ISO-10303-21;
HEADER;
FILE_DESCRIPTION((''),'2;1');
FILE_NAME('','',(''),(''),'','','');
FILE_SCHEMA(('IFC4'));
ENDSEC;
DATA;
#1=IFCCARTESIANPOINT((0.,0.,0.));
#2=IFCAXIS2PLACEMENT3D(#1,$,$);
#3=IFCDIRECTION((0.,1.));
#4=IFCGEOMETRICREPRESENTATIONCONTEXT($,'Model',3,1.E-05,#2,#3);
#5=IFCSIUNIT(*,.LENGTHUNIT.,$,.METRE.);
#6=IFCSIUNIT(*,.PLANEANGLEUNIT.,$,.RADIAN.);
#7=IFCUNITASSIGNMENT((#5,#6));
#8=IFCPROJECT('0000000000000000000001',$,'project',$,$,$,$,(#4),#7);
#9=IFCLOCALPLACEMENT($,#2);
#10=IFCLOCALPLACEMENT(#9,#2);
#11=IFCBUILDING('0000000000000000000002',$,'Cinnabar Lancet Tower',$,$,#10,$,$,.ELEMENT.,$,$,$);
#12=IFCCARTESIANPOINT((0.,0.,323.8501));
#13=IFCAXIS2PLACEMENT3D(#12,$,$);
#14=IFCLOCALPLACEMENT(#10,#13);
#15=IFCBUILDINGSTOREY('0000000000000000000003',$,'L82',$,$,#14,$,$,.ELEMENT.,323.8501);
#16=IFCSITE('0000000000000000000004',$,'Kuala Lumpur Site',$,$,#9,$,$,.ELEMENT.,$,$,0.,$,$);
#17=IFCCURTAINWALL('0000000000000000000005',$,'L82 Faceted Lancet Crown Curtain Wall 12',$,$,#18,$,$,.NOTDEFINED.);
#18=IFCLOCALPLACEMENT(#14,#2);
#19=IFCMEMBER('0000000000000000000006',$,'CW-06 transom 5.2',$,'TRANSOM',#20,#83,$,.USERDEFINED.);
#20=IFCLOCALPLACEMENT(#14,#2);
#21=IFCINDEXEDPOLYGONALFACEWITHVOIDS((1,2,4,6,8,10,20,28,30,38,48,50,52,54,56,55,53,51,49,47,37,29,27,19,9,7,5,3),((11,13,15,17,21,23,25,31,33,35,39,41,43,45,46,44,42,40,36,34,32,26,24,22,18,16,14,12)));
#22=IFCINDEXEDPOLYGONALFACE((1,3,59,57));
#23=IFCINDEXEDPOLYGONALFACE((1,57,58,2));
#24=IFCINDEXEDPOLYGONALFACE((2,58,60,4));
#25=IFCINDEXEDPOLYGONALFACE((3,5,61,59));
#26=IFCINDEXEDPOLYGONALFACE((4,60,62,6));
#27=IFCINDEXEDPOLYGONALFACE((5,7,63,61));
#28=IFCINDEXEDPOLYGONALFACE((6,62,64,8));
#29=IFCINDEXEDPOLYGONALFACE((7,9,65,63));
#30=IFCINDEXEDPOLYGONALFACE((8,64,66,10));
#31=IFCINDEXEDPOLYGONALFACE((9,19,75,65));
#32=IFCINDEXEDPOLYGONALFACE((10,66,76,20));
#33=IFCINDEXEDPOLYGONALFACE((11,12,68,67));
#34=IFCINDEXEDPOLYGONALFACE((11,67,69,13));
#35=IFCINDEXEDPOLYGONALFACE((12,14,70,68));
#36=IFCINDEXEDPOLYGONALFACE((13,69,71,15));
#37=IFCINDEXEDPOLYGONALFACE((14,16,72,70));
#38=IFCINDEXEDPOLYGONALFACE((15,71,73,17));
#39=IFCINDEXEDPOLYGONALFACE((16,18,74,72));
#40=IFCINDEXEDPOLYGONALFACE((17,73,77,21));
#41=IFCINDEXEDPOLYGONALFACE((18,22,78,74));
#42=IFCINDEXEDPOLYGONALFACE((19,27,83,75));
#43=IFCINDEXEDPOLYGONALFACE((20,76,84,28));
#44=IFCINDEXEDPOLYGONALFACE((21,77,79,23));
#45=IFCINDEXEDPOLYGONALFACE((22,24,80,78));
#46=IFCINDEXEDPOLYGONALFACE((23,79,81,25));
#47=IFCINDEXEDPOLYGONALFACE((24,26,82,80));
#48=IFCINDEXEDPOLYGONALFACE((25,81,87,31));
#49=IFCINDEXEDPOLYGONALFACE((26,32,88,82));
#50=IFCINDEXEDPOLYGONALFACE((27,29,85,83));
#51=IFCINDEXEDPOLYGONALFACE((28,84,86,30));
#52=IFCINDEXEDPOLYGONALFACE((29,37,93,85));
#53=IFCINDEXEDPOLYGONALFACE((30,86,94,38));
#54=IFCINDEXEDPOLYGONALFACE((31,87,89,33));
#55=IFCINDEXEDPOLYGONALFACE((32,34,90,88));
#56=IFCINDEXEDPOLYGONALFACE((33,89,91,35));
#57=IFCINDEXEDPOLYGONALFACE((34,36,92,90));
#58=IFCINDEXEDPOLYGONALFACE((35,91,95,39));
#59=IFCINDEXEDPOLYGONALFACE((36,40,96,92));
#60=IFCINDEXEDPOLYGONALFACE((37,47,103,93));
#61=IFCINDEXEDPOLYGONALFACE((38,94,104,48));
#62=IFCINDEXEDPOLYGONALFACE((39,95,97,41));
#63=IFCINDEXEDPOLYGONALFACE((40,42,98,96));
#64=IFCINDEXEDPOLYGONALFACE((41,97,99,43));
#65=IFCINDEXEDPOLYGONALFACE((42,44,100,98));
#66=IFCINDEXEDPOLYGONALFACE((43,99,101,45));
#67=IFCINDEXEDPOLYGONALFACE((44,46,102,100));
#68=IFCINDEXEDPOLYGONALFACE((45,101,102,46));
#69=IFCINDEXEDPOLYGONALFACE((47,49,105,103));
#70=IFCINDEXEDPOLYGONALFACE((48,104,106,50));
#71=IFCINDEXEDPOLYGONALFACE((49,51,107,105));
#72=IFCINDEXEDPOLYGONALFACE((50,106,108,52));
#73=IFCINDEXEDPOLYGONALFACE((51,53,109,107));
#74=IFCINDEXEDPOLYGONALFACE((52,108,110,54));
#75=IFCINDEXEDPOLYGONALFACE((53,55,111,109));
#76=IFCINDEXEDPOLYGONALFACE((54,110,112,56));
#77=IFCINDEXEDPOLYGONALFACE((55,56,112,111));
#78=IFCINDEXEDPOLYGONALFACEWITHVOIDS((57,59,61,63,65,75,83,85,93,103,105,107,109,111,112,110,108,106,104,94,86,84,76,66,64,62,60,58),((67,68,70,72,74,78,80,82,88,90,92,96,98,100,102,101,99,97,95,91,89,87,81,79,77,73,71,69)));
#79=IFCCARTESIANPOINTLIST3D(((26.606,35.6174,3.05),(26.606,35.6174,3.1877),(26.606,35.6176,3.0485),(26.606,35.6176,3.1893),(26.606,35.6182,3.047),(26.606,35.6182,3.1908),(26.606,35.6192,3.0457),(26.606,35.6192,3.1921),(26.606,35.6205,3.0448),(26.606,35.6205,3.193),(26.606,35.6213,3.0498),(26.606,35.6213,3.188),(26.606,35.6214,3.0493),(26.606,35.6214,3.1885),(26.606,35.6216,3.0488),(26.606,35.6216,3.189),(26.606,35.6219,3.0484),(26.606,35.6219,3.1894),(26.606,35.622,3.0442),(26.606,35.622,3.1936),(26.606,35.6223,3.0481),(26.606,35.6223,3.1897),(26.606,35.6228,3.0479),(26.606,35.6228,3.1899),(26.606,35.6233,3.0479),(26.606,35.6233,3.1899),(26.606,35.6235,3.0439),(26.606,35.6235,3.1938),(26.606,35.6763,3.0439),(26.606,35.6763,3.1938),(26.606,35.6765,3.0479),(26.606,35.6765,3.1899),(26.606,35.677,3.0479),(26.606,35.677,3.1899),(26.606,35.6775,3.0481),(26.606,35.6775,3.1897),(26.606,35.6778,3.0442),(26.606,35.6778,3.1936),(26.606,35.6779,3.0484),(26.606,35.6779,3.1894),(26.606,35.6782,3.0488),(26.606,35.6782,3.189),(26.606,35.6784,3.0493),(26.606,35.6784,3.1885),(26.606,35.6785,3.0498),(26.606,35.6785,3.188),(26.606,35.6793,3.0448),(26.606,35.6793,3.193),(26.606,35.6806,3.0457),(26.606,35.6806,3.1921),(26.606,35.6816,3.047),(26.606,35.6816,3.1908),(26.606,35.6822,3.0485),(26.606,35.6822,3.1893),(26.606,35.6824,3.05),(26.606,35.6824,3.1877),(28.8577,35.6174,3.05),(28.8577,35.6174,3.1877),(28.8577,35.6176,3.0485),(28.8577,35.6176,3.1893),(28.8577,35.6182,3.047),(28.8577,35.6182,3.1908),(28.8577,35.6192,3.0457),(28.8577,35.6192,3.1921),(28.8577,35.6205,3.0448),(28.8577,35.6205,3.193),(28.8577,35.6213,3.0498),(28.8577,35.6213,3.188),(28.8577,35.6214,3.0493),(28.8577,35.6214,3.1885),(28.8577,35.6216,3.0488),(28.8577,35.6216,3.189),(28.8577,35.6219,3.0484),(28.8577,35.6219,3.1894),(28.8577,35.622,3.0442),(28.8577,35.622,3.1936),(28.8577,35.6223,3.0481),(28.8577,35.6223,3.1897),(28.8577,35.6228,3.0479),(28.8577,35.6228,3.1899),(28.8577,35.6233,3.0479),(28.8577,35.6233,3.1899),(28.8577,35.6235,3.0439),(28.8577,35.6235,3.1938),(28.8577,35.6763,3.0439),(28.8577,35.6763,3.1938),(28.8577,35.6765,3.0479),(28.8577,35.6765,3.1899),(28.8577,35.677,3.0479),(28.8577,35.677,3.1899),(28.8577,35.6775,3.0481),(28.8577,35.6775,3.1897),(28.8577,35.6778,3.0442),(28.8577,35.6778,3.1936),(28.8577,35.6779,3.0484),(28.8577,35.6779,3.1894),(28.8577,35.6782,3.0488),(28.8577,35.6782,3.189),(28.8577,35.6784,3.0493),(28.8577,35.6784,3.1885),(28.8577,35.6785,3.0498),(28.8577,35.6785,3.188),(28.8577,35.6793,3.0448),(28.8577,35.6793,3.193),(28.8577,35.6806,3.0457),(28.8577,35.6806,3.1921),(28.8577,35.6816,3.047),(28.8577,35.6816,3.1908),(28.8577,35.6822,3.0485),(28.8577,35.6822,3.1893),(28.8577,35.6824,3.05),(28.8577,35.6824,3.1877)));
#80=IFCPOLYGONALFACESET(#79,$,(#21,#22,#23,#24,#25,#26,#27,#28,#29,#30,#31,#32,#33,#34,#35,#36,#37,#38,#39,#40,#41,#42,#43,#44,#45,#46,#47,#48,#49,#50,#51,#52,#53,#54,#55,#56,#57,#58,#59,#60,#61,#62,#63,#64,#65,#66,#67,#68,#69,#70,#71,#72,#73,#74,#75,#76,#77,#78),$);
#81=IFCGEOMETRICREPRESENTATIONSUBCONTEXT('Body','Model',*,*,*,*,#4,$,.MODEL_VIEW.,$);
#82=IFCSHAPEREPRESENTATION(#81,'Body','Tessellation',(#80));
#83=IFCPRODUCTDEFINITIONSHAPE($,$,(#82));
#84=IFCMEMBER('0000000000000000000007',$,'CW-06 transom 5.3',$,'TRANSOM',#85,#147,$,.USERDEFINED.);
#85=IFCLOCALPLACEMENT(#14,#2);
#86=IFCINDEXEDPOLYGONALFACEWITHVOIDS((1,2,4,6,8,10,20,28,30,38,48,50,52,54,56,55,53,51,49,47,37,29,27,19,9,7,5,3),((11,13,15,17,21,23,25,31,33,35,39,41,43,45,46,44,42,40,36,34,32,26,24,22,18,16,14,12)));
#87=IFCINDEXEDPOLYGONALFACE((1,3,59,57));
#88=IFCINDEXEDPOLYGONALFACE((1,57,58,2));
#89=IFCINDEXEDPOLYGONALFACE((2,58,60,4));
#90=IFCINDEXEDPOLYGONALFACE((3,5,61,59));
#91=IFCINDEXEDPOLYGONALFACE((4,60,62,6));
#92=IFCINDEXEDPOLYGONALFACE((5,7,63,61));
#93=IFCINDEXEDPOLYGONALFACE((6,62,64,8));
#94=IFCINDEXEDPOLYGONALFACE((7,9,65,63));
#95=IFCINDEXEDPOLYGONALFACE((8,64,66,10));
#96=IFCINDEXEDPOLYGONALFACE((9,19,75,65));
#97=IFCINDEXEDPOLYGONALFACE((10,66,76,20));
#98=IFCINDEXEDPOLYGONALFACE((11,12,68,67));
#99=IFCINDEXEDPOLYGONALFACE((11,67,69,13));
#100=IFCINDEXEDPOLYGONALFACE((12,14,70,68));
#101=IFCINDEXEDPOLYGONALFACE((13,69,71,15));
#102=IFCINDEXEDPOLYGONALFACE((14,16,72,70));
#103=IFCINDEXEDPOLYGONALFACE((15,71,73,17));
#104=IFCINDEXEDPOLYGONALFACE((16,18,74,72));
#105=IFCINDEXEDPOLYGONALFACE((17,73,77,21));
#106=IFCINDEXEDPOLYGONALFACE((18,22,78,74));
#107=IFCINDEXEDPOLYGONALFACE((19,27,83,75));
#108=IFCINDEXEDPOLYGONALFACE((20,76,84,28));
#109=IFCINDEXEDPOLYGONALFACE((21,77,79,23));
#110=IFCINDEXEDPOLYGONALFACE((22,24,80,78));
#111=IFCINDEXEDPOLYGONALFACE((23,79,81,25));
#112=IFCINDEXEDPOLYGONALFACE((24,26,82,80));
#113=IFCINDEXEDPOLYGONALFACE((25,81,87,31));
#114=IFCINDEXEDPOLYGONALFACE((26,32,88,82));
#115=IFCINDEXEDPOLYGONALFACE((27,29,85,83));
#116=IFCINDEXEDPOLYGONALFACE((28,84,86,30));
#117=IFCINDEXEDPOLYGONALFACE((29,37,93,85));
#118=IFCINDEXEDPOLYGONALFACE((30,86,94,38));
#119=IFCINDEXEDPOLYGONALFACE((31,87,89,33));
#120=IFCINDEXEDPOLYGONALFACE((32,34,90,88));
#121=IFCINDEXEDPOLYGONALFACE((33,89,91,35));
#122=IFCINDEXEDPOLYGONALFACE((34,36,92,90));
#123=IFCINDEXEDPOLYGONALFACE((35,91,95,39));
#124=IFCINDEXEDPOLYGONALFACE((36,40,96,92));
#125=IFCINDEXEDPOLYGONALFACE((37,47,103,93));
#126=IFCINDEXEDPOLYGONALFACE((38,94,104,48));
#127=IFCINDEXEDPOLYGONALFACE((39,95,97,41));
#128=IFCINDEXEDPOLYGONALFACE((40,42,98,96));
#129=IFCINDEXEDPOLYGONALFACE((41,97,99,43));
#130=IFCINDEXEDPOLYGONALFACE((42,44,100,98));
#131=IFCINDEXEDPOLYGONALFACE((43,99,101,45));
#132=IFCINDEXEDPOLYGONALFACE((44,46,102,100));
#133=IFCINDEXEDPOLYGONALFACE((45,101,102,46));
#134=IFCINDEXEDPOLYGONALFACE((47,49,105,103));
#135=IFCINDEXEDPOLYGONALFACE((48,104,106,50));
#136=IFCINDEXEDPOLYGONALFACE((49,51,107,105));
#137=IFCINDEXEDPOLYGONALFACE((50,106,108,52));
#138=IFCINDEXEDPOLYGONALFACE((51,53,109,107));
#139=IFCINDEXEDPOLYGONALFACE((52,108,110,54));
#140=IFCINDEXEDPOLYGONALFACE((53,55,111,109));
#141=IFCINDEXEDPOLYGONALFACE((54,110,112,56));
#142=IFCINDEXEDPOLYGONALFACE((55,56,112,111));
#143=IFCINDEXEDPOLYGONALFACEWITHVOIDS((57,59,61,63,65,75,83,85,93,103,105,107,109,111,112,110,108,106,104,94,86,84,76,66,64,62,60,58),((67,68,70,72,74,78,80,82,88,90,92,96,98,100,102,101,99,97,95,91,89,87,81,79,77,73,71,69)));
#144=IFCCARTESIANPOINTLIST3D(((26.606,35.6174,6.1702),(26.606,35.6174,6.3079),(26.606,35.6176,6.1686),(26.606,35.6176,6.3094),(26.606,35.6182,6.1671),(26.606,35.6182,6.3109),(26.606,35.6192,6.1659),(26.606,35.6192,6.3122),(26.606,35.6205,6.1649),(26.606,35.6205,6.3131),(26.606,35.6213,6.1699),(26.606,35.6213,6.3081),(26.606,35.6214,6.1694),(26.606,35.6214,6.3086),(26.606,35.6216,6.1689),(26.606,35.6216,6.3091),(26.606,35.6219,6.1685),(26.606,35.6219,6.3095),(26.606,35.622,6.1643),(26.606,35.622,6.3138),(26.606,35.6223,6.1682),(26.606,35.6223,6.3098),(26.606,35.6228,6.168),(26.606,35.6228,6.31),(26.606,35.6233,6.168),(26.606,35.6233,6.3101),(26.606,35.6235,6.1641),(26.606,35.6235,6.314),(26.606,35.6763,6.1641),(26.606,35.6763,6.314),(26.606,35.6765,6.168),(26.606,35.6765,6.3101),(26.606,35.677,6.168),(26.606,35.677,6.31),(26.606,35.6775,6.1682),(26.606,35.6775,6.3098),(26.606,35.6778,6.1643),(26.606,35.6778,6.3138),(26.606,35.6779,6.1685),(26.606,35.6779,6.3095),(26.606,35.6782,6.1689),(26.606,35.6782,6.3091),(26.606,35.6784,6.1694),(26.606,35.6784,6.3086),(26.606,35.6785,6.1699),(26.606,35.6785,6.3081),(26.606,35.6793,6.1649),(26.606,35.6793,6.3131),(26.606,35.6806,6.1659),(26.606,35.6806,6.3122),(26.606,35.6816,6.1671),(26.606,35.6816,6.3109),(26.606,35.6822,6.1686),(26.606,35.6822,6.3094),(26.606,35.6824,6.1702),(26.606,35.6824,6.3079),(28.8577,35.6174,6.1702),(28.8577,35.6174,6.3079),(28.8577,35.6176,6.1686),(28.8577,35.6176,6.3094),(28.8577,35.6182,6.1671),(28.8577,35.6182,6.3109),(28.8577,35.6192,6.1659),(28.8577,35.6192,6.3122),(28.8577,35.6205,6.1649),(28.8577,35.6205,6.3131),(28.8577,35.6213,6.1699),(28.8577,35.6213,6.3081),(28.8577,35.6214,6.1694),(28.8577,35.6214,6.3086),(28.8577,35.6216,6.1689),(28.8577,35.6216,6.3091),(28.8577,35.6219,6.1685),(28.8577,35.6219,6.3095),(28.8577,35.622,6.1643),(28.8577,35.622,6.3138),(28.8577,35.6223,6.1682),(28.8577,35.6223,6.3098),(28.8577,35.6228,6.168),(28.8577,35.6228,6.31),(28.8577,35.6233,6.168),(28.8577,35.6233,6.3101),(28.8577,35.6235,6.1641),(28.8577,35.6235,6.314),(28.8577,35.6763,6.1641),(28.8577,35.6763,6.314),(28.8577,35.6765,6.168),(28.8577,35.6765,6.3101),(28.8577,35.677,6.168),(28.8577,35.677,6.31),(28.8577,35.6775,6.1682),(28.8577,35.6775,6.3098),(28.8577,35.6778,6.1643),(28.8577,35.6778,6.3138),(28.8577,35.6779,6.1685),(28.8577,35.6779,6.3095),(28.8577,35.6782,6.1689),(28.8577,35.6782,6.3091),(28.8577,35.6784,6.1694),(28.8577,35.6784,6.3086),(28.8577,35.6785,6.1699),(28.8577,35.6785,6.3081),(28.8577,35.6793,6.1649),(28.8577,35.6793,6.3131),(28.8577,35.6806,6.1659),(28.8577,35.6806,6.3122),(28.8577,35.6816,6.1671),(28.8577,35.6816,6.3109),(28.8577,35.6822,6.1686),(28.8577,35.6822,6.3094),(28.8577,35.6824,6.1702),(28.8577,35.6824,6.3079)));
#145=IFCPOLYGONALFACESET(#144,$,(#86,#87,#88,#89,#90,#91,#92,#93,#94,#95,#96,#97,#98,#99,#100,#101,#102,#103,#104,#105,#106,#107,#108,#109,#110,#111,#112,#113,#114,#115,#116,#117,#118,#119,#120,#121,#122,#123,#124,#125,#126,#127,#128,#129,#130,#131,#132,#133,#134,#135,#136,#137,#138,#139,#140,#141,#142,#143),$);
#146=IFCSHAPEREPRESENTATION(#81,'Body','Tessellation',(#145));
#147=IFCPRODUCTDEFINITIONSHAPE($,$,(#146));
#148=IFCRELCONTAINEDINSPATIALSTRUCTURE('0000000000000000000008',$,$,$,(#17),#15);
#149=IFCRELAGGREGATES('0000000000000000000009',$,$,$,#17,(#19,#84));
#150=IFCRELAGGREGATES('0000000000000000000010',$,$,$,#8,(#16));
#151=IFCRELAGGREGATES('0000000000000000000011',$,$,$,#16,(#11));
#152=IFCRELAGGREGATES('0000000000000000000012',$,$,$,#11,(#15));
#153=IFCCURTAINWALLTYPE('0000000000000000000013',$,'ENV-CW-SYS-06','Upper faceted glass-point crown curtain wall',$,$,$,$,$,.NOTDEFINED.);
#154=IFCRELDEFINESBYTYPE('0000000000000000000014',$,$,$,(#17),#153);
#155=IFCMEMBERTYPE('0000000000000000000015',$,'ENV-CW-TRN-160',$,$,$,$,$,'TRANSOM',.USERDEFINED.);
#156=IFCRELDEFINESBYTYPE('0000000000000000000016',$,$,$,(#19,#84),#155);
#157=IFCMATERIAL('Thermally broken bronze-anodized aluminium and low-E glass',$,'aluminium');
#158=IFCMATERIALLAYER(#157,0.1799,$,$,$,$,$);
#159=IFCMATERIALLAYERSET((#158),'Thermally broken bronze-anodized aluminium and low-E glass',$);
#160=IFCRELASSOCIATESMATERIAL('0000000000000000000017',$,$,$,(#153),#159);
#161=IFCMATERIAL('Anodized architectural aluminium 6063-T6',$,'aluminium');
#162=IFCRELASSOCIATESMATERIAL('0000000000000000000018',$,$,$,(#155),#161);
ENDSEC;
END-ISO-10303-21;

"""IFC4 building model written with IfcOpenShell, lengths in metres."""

from ifc_helpers import new_model, si_unit, direction, frame, origin, origin_2d, place, context, subcontext, project, spatial, hollow_rectangle, extrude, material, layer, layer_set, material_profile, profile_set, type_object, element, aggregate, save


model = new_model("IFC4")

# Units and contexts
model_context = context("Model", 3, precision=1e-05, world=origin(), true_north=direction((0.0, 1.0)))
body_context = subcontext(model_context, "Body", "Model", "MODEL_VIEW")
ifc_project = project(units=[si_unit("LENGTHUNIT", "METRE"), si_unit("PLANEANGLEUNIT", "RADIAN")], contexts=[model_context])

# Site, building, storey
site_placement = place(None, origin())
site = spatial("IfcSite", under=ifc_project, at=site_placement, Name="Kuala Lumpur Site", CompositionType="ELEMENT", RefElevation=0.0)
building_placement = place(site_placement, origin())
building = spatial("IfcBuilding", under=site, at=building_placement, Name="Cinnabar Lancet Tower", CompositionType="ELEMENT")
storey_placement = place(building_placement, frame((0.0, 0.0, 323.8501)))
storey = spatial("IfcBuildingStorey", under=building, at=storey_placement, Name="L82", CompositionType="ELEMENT", Elevation=323.8501)

# Curtain wall
ifc_material_1 = material(Name="Thermally broken bronze-anodized aluminium and low-E glass", Category="aluminium")
ifc_layer_1 = layer(ifc_material_1, 0.1799)
ifc_layer_set_1 = layer_set([ifc_layer_1], Name="Thermally broken bronze-anodized aluminium and low-E glass")
curtain_wall_type = type_object("IfcCurtainWallType", Name="ENV-CW-SYS-06", Description="Upper faceted glass-point crown curtain wall", PredefinedType="NOTDEFINED", material=ifc_layer_set_1)
curtain_wall_1_placement = place(storey_placement, origin())
curtain_wall_1 = element("IfcCurtainWall", 1, at=curtain_wall_1_placement, inside=storey, type_object=curtain_wall_type, Name="L82 Faceted Lancet Crown Curtain Wall 12", PredefinedType="NOTDEFINED")

# Members
ifc_material_2 = material(Name="Anodized architectural aluminium 6063-T6", Category="aluminium")
ifc_material_profile_1 = material_profile(ifc_material_2, hollow_rectangle(XDim=0.0649, YDim=0.1499, WallThickness=0.0039, InnerFilletRadius=0.002, OuterFilletRadius=0.0061, at=origin_2d()), Name="CW-TRN 150x65x4")
ifc_profile_set_1 = profile_set([ifc_material_profile_1], Name="Anodized architectural aluminium 6063-T6")
member_type_1 = type_object("IfcMemberType", Name="ENV-CW-TRN-160", ElementType="TRANSOM", PredefinedType="USERDEFINED", material=ifc_profile_set_1)
member_1_placement = place(storey_placement, frame((28.8577, 35.6499, 3.1189), z_axis=(-1.0, 0.0, 0.0), x_axis=(0.0, -1.0, 0.0)))
member_1 = element("IfcMember", 2, at=member_1_placement, type_object=member_type_1, Name="CW-06 transom 5.2", ObjectType="TRANSOM", PredefinedType="USERDEFINED", context=body_context, shape_type="SweptSolid", body=[
    extrude(hollow_rectangle(XDim=0.0649, YDim=0.1499, WallThickness=0.0039, InnerFilletRadius=0.002, OuterFilletRadius=0.0061, at=origin_2d()), origin(), (0.0, 0.0, 1.0), 2.2517),
])
member_2_placement = place(storey_placement, frame((28.8577, 35.6499, 6.239), z_axis=(-1.0, 0.0, 0.0), x_axis=(0.0, -1.0, 0.0)))
member_2 = element("IfcMember", 3, at=member_2_placement, type_object=member_type_1, Name="CW-06 transom 5.3", ObjectType="TRANSOM", PredefinedType="USERDEFINED", context=body_context, shape_type="SweptSolid", body=[
    extrude(hollow_rectangle(XDim=0.0649, YDim=0.1499, WallThickness=0.0039, InnerFilletRadius=0.002, OuterFilletRadius=0.0061, at=origin_2d()), origin(), (0.0, 0.0, 1.0), 2.2517),
])

aggregate(curtain_wall_1, [member_1, member_2])

save(model, "model.ifc")
